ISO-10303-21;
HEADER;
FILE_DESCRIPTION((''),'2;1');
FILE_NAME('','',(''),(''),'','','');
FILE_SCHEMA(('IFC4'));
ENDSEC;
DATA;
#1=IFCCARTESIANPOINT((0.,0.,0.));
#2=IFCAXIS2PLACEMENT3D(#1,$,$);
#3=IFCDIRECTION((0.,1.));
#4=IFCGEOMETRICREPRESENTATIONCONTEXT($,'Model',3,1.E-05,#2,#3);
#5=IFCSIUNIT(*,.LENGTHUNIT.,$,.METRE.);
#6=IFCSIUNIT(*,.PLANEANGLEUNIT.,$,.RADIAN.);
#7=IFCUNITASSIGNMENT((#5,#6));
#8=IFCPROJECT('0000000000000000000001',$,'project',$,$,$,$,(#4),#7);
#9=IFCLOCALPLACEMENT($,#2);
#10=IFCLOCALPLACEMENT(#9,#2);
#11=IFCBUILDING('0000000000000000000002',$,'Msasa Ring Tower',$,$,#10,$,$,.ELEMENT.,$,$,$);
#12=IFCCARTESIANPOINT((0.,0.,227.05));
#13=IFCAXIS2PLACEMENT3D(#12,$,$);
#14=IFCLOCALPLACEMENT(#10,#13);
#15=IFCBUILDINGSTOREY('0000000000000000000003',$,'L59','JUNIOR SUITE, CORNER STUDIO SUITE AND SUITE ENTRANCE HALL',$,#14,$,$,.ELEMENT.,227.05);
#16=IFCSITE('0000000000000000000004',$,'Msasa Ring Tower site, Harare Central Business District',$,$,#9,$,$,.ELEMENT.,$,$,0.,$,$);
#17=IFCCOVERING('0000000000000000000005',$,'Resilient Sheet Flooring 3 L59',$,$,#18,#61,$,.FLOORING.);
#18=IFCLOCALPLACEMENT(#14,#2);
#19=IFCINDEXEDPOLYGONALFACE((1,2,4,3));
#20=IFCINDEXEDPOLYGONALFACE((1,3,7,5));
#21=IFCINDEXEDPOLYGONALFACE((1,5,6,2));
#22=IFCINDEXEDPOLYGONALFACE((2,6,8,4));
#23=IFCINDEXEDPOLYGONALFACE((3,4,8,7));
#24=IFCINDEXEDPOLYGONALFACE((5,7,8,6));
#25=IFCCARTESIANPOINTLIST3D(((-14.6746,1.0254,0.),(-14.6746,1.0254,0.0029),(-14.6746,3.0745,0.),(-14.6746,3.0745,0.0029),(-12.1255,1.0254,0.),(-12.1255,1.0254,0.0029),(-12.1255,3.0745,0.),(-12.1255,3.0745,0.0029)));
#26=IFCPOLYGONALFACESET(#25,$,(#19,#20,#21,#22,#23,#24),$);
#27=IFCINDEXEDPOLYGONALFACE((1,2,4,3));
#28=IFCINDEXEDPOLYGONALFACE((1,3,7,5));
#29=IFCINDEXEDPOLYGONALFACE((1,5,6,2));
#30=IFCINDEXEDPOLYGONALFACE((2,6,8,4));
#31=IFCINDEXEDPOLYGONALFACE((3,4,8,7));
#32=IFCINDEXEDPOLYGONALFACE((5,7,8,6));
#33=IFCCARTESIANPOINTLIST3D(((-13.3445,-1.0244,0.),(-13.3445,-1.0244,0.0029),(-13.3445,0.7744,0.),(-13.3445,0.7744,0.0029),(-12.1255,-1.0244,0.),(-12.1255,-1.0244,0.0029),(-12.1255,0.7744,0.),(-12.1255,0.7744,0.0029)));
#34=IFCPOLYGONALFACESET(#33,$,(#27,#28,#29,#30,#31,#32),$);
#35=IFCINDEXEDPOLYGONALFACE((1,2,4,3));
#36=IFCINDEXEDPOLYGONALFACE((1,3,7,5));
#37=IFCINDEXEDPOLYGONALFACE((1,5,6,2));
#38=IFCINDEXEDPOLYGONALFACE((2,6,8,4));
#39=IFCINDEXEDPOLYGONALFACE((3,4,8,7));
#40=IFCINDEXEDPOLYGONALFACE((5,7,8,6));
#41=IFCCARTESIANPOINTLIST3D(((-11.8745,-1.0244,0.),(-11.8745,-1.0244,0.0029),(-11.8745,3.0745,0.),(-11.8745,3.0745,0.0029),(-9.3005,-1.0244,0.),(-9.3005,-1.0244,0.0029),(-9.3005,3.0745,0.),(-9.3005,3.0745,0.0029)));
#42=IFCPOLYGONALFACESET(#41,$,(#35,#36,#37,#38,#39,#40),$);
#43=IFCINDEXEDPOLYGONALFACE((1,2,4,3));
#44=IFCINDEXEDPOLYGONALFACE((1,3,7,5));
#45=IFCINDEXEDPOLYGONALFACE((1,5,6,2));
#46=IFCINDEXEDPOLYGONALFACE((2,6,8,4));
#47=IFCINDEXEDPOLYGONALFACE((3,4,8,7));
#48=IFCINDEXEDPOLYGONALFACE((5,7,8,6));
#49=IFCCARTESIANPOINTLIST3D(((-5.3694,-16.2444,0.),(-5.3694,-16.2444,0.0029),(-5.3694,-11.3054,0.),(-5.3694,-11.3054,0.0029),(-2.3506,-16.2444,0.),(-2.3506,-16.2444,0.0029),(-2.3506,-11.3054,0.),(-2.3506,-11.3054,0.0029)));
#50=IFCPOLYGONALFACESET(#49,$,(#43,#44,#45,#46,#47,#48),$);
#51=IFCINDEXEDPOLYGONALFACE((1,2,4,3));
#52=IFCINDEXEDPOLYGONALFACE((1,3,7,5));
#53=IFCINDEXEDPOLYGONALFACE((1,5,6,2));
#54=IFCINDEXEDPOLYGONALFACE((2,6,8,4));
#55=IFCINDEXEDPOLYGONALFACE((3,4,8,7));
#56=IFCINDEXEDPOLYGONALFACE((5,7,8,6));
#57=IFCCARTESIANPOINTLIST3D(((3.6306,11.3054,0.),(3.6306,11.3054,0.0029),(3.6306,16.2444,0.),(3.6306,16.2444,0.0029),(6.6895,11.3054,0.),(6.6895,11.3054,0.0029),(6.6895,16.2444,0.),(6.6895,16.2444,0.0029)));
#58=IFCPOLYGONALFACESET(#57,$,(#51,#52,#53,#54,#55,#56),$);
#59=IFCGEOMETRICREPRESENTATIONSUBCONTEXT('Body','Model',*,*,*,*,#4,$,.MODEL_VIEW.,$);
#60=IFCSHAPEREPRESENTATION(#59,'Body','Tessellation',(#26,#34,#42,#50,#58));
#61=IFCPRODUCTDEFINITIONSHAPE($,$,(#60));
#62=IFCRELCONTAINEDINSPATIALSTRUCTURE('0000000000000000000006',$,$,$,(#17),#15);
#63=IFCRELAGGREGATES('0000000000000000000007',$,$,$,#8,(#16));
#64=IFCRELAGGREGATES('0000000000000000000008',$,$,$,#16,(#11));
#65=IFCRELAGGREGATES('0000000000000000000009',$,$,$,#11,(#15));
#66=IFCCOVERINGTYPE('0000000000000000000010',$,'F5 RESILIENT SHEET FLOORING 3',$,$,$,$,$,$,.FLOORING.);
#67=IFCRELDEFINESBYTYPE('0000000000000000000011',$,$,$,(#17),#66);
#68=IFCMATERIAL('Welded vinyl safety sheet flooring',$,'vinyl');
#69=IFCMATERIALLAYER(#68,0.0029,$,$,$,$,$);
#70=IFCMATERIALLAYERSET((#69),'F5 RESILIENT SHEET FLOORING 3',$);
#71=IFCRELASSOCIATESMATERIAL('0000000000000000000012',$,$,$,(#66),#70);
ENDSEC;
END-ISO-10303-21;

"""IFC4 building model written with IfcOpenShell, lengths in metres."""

from ifc_helpers import new_model, si_unit, direction, frame, origin, place, context, subcontext, project, spatial, line, indexed_curve, outline, extrude, material, layer, layer_set, type_object, element, save


model = new_model("IFC4")

# Units and contexts
model_context = context("Model", 3, precision=1e-05, world=origin(), true_north=direction((0.0, 1.0)))
body_context = subcontext(model_context, "Body", "Model", "MODEL_VIEW")
ifc_project = project(units=[si_unit("LENGTHUNIT", "METRE"), si_unit("PLANEANGLEUNIT", "RADIAN")], contexts=[model_context])

# Site, building, storey
site_placement = place(None, origin())
site = spatial("IfcSite", under=ifc_project, at=site_placement, Name="Msasa Ring Tower site, Harare Central Business District", CompositionType="ELEMENT", RefElevation=0.0)
building_placement = place(site_placement, origin())
building = spatial("IfcBuilding", under=site, at=building_placement, Name="Msasa Ring Tower", CompositionType="ELEMENT")
storey_placement = place(building_placement, frame((0.0, 0.0, 227.05)))
storey = spatial("IfcBuildingStorey", under=building, at=storey_placement, Name="L59", Description="JUNIOR SUITE, CORNER STUDIO SUITE AND SUITE ENTRANCE HALL", CompositionType="ELEMENT", Elevation=227.05)

# Covering
ifc_material_1 = material(Name="Welded vinyl safety sheet flooring", Category="vinyl")
ifc_layer_1 = layer(ifc_material_1, 0.0029)
ifc_layer_set_1 = layer_set([ifc_layer_1], Name="F5 RESILIENT SHEET FLOORING 3")
covering_type_1 = type_object("IfcCoveringType", Name="F5 RESILIENT SHEET FLOORING 3", PredefinedType="FLOORING", material=ifc_layer_set_1)
covering_1_placement = place(storey_placement, origin())
element("IfcCovering", 1, at=covering_1_placement, inside=storey, type_object=covering_type_1, Name="Resilient Sheet Flooring 3 L59", PredefinedType="FLOORING", context=body_context, shape_type="SweptSolid", body=[
    extrude(outline(indexed_curve([(-14.6746, 3.0745), (-12.1255, 3.0745), (-12.1255, 1.0254), (-14.6746, 1.0254)], segments=[line(1, 2, 3, 4, 1)], self_intersect=False)), origin(), (0.0, 0.0, 1.0), 0.0029),
    extrude(outline(indexed_curve([(-13.3445, -1.0244), (-13.3445, 0.7744), (-12.1255, 0.7744), (-12.1255, -1.0244)], segments=[line(1, 2, 3, 4, 1)], self_intersect=False)), origin(), (0.0, 0.0, 1.0), 0.0029),
    extrude(outline(indexed_curve([(-11.8745, -1.0244), (-11.8745, 3.0745), (-9.3005, 3.0745), (-9.3005, -1.0244)], segments=[line(1, 2, 3, 4, 1)], self_intersect=False)), origin(), (0.0, 0.0, 1.0), 0.0029),
    extrude(outline(indexed_curve([(-5.3694, -16.2444), (-5.3694, -11.3054), (-2.3506, -11.3054), (-2.3506, -16.2444)], segments=[line(1, 2, 3, 4, 1)], self_intersect=False)), origin(), (0.0, 0.0, 1.0), 0.0029),
    extrude(outline(indexed_curve([(3.6306, 16.2444), (6.6895, 16.2444), (6.6895, 11.3054), (3.6306, 11.3054)], segments=[line(1, 2, 3, 4, 1)], self_intersect=False)), origin(), (0.0, 0.0, 1.0), 0.0029),
])

save(model, "model.ifc")
